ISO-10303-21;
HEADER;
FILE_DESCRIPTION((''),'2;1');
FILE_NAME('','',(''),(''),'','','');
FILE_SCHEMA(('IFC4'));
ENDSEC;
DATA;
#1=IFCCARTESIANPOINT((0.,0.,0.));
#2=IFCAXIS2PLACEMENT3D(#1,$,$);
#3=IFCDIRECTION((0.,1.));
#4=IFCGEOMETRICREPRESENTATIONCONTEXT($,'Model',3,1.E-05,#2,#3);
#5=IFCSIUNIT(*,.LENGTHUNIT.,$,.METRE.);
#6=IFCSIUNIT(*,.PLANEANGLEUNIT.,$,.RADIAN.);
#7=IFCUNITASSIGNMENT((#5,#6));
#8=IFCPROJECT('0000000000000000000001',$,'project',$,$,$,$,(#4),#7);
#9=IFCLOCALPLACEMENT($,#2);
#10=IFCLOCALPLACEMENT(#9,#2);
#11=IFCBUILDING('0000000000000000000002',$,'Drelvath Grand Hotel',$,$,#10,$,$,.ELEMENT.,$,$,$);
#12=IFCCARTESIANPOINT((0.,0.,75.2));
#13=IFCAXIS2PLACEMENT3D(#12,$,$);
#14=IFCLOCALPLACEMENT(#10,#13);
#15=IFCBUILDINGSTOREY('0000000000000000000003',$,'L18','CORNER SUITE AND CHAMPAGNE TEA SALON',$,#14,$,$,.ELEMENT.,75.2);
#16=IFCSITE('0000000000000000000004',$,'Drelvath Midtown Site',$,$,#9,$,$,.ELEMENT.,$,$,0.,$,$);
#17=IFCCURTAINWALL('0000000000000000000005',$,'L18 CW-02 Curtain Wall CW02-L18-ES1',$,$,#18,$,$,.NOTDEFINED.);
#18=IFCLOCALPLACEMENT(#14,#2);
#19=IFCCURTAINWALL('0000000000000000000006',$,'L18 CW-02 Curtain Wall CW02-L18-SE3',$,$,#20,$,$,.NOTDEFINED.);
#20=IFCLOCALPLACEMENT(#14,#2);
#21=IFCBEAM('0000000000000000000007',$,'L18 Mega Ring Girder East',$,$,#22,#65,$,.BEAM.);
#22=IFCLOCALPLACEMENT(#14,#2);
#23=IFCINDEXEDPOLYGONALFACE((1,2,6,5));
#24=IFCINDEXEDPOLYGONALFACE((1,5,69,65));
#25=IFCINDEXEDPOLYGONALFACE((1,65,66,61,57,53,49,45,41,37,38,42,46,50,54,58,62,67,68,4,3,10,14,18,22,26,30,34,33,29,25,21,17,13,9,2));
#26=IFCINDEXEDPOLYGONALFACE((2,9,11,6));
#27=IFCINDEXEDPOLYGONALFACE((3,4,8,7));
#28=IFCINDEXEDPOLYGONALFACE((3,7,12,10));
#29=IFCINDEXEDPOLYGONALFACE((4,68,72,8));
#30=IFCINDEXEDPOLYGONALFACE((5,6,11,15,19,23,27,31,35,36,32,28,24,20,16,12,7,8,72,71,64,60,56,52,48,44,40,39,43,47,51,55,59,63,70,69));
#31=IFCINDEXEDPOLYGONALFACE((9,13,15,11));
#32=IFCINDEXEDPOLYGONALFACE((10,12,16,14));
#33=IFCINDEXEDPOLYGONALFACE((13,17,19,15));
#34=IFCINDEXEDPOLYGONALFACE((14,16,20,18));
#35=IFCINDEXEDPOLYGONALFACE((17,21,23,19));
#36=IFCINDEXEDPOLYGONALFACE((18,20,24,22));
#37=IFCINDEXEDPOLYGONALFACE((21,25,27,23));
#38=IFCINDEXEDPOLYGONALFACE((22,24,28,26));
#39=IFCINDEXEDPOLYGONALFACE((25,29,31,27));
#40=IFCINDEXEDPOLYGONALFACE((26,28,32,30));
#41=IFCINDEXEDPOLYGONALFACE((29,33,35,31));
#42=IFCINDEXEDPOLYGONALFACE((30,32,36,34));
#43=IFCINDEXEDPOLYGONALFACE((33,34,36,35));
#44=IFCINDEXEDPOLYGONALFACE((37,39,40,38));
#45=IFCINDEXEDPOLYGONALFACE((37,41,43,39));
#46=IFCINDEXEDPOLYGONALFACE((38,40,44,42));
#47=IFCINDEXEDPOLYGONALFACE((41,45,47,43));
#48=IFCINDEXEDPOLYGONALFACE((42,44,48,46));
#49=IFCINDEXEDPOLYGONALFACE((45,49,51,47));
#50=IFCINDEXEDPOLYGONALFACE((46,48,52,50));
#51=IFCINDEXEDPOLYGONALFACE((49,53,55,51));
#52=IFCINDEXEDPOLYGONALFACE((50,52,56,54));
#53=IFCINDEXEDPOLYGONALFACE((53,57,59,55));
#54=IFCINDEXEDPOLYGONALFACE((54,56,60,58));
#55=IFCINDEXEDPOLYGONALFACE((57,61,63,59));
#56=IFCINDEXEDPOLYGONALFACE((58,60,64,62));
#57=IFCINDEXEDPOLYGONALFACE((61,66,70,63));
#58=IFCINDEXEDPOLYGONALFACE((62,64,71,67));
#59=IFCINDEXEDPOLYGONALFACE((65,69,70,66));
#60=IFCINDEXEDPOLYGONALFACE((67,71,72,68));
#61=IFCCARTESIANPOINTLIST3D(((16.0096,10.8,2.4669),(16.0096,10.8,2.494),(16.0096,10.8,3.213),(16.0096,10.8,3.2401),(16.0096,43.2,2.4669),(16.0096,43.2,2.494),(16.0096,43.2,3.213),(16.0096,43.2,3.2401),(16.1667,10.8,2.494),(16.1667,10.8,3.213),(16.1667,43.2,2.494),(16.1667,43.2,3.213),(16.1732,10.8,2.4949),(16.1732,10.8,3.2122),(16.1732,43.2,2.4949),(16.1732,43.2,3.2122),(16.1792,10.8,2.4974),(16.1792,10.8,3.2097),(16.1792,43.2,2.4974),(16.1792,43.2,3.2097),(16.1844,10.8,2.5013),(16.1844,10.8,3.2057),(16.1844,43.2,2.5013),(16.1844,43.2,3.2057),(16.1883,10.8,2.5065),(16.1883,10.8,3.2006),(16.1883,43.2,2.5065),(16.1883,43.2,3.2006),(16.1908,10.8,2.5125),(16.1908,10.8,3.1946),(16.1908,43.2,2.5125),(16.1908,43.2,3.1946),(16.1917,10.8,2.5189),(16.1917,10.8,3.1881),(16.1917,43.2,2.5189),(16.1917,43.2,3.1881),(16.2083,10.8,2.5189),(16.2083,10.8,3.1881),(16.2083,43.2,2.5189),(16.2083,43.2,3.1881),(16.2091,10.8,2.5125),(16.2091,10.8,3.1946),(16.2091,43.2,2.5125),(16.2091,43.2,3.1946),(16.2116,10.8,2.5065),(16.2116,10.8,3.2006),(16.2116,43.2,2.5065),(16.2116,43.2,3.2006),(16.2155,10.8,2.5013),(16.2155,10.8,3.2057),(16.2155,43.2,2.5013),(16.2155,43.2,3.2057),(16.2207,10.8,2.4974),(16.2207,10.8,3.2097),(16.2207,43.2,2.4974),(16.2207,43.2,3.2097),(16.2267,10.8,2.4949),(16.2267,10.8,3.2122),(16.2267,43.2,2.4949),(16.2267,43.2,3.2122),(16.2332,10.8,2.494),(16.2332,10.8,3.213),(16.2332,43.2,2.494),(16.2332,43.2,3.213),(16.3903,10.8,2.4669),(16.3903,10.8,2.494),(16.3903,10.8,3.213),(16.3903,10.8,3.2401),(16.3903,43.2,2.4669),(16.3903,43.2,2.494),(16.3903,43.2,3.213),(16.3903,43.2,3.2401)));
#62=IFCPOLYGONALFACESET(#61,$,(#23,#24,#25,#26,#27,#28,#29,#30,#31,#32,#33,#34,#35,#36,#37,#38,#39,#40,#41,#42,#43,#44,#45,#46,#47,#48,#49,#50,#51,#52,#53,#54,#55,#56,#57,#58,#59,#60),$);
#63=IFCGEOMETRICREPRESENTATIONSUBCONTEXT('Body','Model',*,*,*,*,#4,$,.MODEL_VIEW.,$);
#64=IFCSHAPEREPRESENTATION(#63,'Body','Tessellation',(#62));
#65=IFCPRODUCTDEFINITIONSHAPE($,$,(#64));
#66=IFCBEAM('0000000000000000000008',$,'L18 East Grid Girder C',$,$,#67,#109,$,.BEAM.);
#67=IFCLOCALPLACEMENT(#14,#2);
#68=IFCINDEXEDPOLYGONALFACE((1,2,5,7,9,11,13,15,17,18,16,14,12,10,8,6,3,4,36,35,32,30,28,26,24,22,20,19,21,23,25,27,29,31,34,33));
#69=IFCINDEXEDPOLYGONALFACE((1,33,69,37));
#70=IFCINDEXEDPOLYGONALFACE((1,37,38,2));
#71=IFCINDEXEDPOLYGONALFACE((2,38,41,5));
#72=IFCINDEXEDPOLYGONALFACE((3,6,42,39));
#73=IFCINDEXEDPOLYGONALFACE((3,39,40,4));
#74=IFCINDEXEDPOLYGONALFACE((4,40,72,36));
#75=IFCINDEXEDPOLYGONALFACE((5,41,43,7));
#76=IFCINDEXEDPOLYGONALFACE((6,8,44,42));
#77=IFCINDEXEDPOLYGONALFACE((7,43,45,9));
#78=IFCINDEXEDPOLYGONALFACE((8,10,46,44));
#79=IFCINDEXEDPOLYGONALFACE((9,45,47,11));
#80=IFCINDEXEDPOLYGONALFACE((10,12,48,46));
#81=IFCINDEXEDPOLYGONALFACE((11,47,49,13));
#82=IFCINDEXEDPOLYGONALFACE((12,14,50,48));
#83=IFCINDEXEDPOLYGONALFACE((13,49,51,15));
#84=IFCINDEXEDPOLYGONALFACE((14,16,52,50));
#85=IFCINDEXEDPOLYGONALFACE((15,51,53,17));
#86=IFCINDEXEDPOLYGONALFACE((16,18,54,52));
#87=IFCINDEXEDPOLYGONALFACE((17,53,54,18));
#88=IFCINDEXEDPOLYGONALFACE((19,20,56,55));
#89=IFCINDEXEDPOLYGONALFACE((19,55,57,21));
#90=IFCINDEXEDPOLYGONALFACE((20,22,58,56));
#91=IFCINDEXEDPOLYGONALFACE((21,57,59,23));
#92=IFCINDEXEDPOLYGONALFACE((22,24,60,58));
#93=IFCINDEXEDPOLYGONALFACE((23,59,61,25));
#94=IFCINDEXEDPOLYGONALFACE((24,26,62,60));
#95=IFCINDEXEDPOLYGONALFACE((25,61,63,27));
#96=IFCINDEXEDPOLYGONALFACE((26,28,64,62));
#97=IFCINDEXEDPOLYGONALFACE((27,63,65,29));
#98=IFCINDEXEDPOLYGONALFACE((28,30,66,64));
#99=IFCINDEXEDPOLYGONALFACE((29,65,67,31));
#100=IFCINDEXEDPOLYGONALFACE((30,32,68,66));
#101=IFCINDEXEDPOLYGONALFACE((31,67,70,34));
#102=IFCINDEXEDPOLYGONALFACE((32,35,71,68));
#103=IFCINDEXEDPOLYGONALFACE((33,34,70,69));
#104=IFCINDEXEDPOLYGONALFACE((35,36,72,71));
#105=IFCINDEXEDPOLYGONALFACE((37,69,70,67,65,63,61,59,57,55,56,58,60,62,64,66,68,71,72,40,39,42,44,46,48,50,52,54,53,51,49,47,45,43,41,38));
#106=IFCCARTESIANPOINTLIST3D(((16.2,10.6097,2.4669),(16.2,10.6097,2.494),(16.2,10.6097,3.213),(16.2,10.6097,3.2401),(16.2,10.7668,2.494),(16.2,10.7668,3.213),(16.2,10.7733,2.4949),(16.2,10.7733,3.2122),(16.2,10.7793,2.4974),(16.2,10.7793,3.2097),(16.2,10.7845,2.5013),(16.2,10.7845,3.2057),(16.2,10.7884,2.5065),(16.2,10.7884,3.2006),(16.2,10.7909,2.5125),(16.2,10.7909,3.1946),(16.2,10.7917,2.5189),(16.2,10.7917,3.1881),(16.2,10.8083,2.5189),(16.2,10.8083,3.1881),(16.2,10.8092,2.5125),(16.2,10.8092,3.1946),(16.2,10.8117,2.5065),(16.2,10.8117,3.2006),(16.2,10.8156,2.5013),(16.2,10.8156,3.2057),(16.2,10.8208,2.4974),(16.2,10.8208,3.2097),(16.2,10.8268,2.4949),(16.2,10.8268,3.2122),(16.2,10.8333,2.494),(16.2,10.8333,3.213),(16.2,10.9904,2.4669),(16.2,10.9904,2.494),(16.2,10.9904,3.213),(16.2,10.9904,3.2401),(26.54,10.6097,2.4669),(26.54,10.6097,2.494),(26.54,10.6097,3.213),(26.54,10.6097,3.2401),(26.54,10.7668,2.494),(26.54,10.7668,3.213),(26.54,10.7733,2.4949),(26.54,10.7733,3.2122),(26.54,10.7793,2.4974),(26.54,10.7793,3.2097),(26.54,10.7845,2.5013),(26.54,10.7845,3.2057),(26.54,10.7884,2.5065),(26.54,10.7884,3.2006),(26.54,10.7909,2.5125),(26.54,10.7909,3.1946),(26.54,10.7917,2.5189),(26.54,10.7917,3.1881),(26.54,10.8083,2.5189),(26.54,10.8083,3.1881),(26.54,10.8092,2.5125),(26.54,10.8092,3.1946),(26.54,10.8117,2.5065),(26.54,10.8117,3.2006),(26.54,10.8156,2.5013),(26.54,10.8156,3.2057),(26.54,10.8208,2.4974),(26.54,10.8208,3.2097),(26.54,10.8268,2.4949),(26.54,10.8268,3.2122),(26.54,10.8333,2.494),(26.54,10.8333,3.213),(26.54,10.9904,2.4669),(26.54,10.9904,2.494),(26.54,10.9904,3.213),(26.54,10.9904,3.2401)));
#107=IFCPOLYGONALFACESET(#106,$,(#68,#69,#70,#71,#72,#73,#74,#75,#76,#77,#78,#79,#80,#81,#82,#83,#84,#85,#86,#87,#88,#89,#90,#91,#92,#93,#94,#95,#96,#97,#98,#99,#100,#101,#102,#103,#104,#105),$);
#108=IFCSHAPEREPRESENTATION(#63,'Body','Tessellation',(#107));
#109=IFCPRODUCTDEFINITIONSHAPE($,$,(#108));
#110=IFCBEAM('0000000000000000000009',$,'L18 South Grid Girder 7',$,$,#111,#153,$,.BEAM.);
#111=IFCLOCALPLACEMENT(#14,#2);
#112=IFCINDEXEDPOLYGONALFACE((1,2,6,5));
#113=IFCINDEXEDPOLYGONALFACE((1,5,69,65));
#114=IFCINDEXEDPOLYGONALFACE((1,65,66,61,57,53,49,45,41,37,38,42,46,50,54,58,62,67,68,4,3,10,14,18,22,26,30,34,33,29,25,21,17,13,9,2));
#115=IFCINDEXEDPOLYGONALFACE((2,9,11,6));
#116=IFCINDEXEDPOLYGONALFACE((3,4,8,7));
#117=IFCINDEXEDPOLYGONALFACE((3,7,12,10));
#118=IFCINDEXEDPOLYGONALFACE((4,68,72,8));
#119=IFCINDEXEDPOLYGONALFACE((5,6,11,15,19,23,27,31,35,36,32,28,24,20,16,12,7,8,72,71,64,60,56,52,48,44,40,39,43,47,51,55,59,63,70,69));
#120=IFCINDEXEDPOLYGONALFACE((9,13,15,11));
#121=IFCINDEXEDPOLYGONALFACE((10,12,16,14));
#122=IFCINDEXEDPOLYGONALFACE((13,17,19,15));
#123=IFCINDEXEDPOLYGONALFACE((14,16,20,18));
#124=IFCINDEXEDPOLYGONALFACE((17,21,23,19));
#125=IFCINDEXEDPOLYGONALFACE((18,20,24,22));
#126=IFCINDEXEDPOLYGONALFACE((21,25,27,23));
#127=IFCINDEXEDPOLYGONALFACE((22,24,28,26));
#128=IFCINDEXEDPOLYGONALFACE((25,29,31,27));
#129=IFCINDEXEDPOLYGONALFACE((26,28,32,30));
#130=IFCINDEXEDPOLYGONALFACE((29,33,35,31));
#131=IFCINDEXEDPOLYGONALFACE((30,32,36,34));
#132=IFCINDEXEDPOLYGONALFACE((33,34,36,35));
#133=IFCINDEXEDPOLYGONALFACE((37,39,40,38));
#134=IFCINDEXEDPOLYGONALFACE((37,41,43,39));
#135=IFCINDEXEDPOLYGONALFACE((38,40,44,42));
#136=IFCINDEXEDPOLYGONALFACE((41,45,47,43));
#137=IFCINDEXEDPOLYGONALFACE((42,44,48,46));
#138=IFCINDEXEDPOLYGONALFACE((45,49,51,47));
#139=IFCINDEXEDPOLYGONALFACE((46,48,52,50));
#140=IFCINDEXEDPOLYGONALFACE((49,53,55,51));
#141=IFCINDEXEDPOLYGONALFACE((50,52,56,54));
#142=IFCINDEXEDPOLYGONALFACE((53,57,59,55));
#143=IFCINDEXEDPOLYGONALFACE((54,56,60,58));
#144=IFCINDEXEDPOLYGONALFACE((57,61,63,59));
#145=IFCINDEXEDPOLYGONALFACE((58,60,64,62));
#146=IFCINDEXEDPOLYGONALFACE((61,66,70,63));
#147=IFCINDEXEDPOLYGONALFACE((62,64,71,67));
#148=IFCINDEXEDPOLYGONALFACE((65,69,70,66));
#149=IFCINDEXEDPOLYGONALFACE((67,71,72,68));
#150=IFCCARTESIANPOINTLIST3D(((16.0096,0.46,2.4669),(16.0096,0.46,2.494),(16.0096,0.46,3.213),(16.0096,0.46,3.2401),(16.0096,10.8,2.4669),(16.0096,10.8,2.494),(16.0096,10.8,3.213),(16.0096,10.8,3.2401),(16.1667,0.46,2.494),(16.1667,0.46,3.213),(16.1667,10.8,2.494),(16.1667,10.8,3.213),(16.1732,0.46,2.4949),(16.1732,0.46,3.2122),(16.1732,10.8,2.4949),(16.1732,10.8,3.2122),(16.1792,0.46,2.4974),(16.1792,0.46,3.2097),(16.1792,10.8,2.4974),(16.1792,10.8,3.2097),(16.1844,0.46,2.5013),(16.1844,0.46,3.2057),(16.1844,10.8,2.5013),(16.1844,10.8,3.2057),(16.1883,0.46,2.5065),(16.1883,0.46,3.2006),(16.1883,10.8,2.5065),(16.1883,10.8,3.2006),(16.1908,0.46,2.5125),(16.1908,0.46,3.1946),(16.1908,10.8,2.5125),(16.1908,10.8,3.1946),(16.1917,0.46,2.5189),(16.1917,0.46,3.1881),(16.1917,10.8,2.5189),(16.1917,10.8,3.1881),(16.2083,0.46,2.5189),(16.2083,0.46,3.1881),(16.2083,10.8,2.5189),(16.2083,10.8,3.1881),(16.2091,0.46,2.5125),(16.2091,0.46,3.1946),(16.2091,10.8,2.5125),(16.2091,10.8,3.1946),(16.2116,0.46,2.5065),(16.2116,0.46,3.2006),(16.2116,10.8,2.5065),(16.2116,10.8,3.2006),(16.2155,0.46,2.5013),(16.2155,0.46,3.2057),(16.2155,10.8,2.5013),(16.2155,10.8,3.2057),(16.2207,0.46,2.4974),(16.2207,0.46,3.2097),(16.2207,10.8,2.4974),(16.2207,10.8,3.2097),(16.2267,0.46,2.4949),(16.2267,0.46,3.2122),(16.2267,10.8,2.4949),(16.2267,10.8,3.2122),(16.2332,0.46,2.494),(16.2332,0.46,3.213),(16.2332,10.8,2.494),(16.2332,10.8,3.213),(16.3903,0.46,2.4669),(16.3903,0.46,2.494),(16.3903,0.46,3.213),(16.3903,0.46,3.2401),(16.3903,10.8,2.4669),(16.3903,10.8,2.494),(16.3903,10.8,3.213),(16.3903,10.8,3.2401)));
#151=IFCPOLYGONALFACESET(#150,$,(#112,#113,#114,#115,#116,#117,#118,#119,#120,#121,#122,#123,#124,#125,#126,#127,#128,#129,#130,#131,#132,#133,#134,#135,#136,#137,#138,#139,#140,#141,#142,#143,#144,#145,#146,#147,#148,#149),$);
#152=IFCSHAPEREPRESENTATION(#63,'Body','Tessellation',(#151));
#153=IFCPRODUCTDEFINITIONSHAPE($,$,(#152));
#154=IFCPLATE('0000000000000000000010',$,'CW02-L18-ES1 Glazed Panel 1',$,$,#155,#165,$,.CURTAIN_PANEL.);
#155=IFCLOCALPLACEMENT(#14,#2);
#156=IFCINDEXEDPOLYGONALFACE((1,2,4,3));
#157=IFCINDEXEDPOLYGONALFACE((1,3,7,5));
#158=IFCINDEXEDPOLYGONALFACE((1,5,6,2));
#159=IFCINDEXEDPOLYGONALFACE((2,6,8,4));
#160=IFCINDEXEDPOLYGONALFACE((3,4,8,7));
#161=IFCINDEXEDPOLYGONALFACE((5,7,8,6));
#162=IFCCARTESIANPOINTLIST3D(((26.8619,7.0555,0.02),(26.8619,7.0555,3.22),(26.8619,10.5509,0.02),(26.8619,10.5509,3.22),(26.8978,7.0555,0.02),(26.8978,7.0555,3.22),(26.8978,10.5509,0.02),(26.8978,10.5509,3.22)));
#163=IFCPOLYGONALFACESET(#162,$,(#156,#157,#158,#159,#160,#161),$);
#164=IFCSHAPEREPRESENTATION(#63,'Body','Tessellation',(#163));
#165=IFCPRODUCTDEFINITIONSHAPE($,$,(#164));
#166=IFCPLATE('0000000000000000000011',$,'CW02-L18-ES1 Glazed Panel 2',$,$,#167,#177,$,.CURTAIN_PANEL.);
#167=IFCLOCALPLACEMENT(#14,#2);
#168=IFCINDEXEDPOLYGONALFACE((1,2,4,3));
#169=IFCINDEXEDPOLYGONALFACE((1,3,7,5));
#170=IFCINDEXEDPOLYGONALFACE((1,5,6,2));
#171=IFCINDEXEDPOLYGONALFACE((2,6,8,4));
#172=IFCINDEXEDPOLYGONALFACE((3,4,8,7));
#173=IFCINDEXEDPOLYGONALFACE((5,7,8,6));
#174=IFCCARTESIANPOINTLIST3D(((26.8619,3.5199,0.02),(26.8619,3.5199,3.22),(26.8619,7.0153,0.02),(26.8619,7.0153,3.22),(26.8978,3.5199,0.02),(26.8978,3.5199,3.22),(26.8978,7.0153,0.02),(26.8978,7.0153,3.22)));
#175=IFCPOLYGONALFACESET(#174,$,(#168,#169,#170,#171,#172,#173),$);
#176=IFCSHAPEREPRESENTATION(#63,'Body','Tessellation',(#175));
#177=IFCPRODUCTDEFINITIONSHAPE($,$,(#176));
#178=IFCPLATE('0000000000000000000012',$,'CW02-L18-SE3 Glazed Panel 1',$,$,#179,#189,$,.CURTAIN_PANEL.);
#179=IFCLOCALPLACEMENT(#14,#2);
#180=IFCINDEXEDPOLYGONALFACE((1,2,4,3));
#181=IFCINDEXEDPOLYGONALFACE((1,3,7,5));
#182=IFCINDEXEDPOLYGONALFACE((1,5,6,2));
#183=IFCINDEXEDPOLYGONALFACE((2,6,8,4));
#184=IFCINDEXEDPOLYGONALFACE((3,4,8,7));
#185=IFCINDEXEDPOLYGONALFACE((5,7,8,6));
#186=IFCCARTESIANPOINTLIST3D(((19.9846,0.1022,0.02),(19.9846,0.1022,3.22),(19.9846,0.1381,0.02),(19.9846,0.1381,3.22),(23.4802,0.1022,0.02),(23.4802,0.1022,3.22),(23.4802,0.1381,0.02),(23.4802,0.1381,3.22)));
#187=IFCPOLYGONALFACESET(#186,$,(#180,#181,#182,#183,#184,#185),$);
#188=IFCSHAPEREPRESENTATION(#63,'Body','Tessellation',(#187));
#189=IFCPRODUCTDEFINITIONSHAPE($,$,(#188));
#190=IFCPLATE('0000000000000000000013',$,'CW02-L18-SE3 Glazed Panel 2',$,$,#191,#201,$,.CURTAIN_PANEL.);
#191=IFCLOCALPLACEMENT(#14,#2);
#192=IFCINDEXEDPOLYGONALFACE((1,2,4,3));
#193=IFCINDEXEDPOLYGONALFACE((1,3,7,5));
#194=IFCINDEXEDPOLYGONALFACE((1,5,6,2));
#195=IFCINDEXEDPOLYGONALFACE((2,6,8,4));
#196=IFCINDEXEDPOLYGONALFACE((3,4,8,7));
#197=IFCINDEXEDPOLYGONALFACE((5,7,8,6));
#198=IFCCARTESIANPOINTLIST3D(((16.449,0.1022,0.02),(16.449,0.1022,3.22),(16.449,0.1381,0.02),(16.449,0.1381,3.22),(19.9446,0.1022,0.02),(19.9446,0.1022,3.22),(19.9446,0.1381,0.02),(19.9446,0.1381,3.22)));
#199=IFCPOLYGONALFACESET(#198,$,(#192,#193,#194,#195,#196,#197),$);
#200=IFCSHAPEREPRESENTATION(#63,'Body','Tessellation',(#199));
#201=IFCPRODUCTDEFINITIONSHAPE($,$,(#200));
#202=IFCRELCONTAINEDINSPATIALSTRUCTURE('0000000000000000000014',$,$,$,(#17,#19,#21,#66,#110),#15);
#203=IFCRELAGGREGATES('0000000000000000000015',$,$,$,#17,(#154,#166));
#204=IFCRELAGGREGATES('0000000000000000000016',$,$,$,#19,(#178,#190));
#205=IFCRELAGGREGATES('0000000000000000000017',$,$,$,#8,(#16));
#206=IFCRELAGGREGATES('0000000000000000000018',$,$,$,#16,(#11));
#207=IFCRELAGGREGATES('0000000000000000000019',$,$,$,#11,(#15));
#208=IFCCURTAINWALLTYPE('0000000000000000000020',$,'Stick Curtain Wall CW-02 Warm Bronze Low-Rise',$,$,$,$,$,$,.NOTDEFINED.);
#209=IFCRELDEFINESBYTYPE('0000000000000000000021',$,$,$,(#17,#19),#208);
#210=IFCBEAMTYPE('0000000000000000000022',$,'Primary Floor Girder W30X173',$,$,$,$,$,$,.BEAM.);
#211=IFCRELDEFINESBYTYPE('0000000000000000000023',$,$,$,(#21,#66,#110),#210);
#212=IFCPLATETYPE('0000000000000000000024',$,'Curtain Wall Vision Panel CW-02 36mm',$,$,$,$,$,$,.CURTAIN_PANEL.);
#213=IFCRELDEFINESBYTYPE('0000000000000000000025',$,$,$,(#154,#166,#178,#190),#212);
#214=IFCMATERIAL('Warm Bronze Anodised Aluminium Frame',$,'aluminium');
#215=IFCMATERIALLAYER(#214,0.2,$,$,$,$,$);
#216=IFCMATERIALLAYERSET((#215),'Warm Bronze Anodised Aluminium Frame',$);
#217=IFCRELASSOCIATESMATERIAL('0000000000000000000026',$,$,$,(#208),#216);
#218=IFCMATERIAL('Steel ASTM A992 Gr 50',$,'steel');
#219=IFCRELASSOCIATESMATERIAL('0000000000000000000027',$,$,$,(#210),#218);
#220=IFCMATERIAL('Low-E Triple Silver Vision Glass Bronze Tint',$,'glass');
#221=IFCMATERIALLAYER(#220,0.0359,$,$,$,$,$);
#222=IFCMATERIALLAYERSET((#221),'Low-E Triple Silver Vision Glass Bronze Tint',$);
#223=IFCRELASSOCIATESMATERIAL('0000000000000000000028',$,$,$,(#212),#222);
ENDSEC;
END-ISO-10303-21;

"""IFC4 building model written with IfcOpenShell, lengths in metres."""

from ifc_helpers import new_model, si_unit, direction, frame, origin, origin_2d, place, context, subcontext, project, spatial, rectangle, i_section, extrude, material, layer, layer_set, material_profile, profile_set, type_object, element, aggregate, save


model = new_model("IFC4")

# Units and contexts
model_context = context("Model", 3, precision=1e-05, world=origin(), true_north=direction((0.0, 1.0)))
body_context = subcontext(model_context, "Body", "Model", "MODEL_VIEW")
ifc_project = project(units=[si_unit("LENGTHUNIT", "METRE"), si_unit("PLANEANGLEUNIT", "RADIAN")], contexts=[model_context])

# Site, building, storey
site_placement = place(None, origin())
site = spatial("IfcSite", under=ifc_project, at=site_placement, Name="Drelvath Midtown Site", CompositionType="ELEMENT", RefElevation=0.0)
building_placement = place(site_placement, origin())
building = spatial("IfcBuilding", under=site, at=building_placement, Name="Drelvath Grand Hotel", CompositionType="ELEMENT")
storey_placement = place(building_placement, frame((0.0, 0.0, 75.2)))
storey = spatial("IfcBuildingStorey", under=building, at=storey_placement, Name="L18", Description="CORNER SUITE AND CHAMPAGNE TEA SALON", CompositionType="ELEMENT", Elevation=75.2)

# Curtain walls
ifc_material_1 = material(Name="Warm Bronze Anodised Aluminium Frame", Category="aluminium")
ifc_layer_1 = layer(ifc_material_1, 0.2)
ifc_layer_set_1 = layer_set([ifc_layer_1], Name="Warm Bronze Anodised Aluminium Frame")
curtain_wall_type = type_object("IfcCurtainWallType", Name="Stick Curtain Wall CW-02 Warm Bronze Low-Rise", PredefinedType="NOTDEFINED", material=ifc_layer_set_1)
curtain_wall_1_placement = place(storey_placement, origin())
curtain_wall_1 = element("IfcCurtainWall", 1, at=curtain_wall_1_placement, inside=storey, type_object=curtain_wall_type, Name="L18 CW-02 Curtain Wall CW02-L18-ES1", PredefinedType="NOTDEFINED")
curtain_wall_2_placement = place(storey_placement, origin())
curtain_wall_2 = element("IfcCurtainWall", 2, at=curtain_wall_2_placement, inside=storey, type_object=curtain_wall_type, Name="L18 CW-02 Curtain Wall CW02-L18-SE3", PredefinedType="NOTDEFINED")

# Beams
ifc_material_2 = material(Name="Steel ASTM A992 Gr 50", Category="steel")
ifc_material_profile_1 = material_profile(ifc_material_2, i_section(OverallWidth=0.3806, OverallDepth=0.7732, WebThickness=0.0166, FlangeThickness=0.0271, FilletRadius=0.0249, at=origin_2d()), Name="W30X173")
ifc_profile_set_1 = profile_set([ifc_material_profile_1], Name="Steel ASTM A992 Gr 50")
beam_type_1 = type_object("IfcBeamType", Name="Primary Floor Girder W30X173", PredefinedType="BEAM", material=ifc_profile_set_1)
beam_1_placement = place(storey_placement, frame((16.2, 10.8, 2.8535), z_axis=(0.0, 1.0, 0.0), x_axis=(-1.0, 0.0, 0.0)))
element("IfcBeam", 3, at=beam_1_placement, inside=storey, type_object=beam_type_1, Name="L18 Mega Ring Girder East", PredefinedType="BEAM", context=body_context, shape_type="SweptSolid", body=[
    extrude(i_section(OverallWidth=0.3806, OverallDepth=0.7732, WebThickness=0.0166, FlangeThickness=0.0271, FilletRadius=0.0249, at=origin_2d()), origin(), (0.0, 0.0, 1.0), 32.3999),
])
for number, where, z_axis, x_axis, name in (
    (4, (16.2, 10.8, 2.8535), (1.0, 0.0, 0.0), (0.0, 1.0, 0.0), "L18 East Grid Girder C"),
    (5, (16.2, 0.46, 2.8535), (0.0, 1.0, 0.0), (-1.0, 0.0, 0.0), "L18 South Grid Girder 7"),
):
    element("IfcBeam", number, at=place(storey_placement, frame(where, z_axis=z_axis, x_axis=x_axis)), inside=storey, type_object=beam_type_1, Name=name, PredefinedType="BEAM", context=body_context, shape_type="SweptSolid", body=[
        extrude(i_section(OverallWidth=0.3806, OverallDepth=0.7732, WebThickness=0.0166, FlangeThickness=0.0271, FilletRadius=0.0249, at=origin_2d()), origin(), (0.0, 0.0, 1.0), 10.3401),
    ])

# Plates
ifc_material_3 = material(Name="Low-E Triple Silver Vision Glass Bronze Tint", Category="glass")
ifc_layer_2 = layer(ifc_material_3, 0.0359)
ifc_layer_set_2 = layer_set([ifc_layer_2], Name="Low-E Triple Silver Vision Glass Bronze Tint")
plate_type = type_object("IfcPlateType", Name="Curtain Wall Vision Panel CW-02 36mm", PredefinedType="CURTAIN_PANEL", material=ifc_layer_set_2)
plate_1_placement = place(storey_placement, frame((26.8799, 8.8032, 0.02), z_axis=(0.0, 0.0, 1.0), x_axis=(0.0, -1.0, 0.0)))
plate_1 = element("IfcPlate", 6, at=plate_1_placement, type_object=plate_type, Name="CW02-L18-ES1 Glazed Panel 1", PredefinedType="CURTAIN_PANEL", context=body_context, shape_type="SweptSolid", body=[
    extrude(rectangle(XDim=3.4954, YDim=0.0359, at=origin_2d()), origin(), (0.0, 0.0, 1.0), 3.2),
])
plate_2_placement = place(storey_placement, frame((26.8799, 5.2676, 0.02), z_axis=(0.0, 0.0, 1.0), x_axis=(0.0, -1.0, 0.0)))
plate_2 = element("IfcPlate", 7, at=plate_2_placement, type_object=plate_type, Name="CW02-L18-ES1 Glazed Panel 2", PredefinedType="CURTAIN_PANEL", context=body_context, shape_type="SweptSolid", body=[
    extrude(rectangle(XDim=3.4954, YDim=0.0359, at=origin_2d()), origin(), (0.0, 0.0, 1.0), 3.2),
])
aggregate(curtain_wall_1, [plate_1, plate_2])
plate_3_placement = place(storey_placement, frame((21.7324, 0.1201, 0.02), z_axis=(0.0, 0.0, 1.0), x_axis=(-1.0, 0.0, 0.0)))
plate_3 = element("IfcPlate", 8, at=plate_3_placement, type_object=plate_type, Name="CW02-L18-SE3 Glazed Panel 1", PredefinedType="CURTAIN_PANEL", context=body_context, shape_type="SweptSolid", body=[
    extrude(rectangle(XDim=3.4956, YDim=0.0359, at=origin_2d()), origin(), (0.0, 0.0, 1.0), 3.2),
])
plate_4_placement = place(storey_placement, frame((18.1968, 0.1201, 0.02), z_axis=(0.0, 0.0, 1.0), x_axis=(-1.0, 0.0, 0.0)))
plate_4 = element("IfcPlate", 9, at=plate_4_placement, type_object=plate_type, Name="CW02-L18-SE3 Glazed Panel 2", PredefinedType="CURTAIN_PANEL", context=body_context, shape_type="SweptSolid", body=[
    extrude(rectangle(XDim=3.4956, YDim=0.0359, at=origin_2d()), origin(), (0.0, 0.0, 1.0), 3.2),
])
aggregate(curtain_wall_2, [plate_3, plate_4])

save(model, "model.ifc")
